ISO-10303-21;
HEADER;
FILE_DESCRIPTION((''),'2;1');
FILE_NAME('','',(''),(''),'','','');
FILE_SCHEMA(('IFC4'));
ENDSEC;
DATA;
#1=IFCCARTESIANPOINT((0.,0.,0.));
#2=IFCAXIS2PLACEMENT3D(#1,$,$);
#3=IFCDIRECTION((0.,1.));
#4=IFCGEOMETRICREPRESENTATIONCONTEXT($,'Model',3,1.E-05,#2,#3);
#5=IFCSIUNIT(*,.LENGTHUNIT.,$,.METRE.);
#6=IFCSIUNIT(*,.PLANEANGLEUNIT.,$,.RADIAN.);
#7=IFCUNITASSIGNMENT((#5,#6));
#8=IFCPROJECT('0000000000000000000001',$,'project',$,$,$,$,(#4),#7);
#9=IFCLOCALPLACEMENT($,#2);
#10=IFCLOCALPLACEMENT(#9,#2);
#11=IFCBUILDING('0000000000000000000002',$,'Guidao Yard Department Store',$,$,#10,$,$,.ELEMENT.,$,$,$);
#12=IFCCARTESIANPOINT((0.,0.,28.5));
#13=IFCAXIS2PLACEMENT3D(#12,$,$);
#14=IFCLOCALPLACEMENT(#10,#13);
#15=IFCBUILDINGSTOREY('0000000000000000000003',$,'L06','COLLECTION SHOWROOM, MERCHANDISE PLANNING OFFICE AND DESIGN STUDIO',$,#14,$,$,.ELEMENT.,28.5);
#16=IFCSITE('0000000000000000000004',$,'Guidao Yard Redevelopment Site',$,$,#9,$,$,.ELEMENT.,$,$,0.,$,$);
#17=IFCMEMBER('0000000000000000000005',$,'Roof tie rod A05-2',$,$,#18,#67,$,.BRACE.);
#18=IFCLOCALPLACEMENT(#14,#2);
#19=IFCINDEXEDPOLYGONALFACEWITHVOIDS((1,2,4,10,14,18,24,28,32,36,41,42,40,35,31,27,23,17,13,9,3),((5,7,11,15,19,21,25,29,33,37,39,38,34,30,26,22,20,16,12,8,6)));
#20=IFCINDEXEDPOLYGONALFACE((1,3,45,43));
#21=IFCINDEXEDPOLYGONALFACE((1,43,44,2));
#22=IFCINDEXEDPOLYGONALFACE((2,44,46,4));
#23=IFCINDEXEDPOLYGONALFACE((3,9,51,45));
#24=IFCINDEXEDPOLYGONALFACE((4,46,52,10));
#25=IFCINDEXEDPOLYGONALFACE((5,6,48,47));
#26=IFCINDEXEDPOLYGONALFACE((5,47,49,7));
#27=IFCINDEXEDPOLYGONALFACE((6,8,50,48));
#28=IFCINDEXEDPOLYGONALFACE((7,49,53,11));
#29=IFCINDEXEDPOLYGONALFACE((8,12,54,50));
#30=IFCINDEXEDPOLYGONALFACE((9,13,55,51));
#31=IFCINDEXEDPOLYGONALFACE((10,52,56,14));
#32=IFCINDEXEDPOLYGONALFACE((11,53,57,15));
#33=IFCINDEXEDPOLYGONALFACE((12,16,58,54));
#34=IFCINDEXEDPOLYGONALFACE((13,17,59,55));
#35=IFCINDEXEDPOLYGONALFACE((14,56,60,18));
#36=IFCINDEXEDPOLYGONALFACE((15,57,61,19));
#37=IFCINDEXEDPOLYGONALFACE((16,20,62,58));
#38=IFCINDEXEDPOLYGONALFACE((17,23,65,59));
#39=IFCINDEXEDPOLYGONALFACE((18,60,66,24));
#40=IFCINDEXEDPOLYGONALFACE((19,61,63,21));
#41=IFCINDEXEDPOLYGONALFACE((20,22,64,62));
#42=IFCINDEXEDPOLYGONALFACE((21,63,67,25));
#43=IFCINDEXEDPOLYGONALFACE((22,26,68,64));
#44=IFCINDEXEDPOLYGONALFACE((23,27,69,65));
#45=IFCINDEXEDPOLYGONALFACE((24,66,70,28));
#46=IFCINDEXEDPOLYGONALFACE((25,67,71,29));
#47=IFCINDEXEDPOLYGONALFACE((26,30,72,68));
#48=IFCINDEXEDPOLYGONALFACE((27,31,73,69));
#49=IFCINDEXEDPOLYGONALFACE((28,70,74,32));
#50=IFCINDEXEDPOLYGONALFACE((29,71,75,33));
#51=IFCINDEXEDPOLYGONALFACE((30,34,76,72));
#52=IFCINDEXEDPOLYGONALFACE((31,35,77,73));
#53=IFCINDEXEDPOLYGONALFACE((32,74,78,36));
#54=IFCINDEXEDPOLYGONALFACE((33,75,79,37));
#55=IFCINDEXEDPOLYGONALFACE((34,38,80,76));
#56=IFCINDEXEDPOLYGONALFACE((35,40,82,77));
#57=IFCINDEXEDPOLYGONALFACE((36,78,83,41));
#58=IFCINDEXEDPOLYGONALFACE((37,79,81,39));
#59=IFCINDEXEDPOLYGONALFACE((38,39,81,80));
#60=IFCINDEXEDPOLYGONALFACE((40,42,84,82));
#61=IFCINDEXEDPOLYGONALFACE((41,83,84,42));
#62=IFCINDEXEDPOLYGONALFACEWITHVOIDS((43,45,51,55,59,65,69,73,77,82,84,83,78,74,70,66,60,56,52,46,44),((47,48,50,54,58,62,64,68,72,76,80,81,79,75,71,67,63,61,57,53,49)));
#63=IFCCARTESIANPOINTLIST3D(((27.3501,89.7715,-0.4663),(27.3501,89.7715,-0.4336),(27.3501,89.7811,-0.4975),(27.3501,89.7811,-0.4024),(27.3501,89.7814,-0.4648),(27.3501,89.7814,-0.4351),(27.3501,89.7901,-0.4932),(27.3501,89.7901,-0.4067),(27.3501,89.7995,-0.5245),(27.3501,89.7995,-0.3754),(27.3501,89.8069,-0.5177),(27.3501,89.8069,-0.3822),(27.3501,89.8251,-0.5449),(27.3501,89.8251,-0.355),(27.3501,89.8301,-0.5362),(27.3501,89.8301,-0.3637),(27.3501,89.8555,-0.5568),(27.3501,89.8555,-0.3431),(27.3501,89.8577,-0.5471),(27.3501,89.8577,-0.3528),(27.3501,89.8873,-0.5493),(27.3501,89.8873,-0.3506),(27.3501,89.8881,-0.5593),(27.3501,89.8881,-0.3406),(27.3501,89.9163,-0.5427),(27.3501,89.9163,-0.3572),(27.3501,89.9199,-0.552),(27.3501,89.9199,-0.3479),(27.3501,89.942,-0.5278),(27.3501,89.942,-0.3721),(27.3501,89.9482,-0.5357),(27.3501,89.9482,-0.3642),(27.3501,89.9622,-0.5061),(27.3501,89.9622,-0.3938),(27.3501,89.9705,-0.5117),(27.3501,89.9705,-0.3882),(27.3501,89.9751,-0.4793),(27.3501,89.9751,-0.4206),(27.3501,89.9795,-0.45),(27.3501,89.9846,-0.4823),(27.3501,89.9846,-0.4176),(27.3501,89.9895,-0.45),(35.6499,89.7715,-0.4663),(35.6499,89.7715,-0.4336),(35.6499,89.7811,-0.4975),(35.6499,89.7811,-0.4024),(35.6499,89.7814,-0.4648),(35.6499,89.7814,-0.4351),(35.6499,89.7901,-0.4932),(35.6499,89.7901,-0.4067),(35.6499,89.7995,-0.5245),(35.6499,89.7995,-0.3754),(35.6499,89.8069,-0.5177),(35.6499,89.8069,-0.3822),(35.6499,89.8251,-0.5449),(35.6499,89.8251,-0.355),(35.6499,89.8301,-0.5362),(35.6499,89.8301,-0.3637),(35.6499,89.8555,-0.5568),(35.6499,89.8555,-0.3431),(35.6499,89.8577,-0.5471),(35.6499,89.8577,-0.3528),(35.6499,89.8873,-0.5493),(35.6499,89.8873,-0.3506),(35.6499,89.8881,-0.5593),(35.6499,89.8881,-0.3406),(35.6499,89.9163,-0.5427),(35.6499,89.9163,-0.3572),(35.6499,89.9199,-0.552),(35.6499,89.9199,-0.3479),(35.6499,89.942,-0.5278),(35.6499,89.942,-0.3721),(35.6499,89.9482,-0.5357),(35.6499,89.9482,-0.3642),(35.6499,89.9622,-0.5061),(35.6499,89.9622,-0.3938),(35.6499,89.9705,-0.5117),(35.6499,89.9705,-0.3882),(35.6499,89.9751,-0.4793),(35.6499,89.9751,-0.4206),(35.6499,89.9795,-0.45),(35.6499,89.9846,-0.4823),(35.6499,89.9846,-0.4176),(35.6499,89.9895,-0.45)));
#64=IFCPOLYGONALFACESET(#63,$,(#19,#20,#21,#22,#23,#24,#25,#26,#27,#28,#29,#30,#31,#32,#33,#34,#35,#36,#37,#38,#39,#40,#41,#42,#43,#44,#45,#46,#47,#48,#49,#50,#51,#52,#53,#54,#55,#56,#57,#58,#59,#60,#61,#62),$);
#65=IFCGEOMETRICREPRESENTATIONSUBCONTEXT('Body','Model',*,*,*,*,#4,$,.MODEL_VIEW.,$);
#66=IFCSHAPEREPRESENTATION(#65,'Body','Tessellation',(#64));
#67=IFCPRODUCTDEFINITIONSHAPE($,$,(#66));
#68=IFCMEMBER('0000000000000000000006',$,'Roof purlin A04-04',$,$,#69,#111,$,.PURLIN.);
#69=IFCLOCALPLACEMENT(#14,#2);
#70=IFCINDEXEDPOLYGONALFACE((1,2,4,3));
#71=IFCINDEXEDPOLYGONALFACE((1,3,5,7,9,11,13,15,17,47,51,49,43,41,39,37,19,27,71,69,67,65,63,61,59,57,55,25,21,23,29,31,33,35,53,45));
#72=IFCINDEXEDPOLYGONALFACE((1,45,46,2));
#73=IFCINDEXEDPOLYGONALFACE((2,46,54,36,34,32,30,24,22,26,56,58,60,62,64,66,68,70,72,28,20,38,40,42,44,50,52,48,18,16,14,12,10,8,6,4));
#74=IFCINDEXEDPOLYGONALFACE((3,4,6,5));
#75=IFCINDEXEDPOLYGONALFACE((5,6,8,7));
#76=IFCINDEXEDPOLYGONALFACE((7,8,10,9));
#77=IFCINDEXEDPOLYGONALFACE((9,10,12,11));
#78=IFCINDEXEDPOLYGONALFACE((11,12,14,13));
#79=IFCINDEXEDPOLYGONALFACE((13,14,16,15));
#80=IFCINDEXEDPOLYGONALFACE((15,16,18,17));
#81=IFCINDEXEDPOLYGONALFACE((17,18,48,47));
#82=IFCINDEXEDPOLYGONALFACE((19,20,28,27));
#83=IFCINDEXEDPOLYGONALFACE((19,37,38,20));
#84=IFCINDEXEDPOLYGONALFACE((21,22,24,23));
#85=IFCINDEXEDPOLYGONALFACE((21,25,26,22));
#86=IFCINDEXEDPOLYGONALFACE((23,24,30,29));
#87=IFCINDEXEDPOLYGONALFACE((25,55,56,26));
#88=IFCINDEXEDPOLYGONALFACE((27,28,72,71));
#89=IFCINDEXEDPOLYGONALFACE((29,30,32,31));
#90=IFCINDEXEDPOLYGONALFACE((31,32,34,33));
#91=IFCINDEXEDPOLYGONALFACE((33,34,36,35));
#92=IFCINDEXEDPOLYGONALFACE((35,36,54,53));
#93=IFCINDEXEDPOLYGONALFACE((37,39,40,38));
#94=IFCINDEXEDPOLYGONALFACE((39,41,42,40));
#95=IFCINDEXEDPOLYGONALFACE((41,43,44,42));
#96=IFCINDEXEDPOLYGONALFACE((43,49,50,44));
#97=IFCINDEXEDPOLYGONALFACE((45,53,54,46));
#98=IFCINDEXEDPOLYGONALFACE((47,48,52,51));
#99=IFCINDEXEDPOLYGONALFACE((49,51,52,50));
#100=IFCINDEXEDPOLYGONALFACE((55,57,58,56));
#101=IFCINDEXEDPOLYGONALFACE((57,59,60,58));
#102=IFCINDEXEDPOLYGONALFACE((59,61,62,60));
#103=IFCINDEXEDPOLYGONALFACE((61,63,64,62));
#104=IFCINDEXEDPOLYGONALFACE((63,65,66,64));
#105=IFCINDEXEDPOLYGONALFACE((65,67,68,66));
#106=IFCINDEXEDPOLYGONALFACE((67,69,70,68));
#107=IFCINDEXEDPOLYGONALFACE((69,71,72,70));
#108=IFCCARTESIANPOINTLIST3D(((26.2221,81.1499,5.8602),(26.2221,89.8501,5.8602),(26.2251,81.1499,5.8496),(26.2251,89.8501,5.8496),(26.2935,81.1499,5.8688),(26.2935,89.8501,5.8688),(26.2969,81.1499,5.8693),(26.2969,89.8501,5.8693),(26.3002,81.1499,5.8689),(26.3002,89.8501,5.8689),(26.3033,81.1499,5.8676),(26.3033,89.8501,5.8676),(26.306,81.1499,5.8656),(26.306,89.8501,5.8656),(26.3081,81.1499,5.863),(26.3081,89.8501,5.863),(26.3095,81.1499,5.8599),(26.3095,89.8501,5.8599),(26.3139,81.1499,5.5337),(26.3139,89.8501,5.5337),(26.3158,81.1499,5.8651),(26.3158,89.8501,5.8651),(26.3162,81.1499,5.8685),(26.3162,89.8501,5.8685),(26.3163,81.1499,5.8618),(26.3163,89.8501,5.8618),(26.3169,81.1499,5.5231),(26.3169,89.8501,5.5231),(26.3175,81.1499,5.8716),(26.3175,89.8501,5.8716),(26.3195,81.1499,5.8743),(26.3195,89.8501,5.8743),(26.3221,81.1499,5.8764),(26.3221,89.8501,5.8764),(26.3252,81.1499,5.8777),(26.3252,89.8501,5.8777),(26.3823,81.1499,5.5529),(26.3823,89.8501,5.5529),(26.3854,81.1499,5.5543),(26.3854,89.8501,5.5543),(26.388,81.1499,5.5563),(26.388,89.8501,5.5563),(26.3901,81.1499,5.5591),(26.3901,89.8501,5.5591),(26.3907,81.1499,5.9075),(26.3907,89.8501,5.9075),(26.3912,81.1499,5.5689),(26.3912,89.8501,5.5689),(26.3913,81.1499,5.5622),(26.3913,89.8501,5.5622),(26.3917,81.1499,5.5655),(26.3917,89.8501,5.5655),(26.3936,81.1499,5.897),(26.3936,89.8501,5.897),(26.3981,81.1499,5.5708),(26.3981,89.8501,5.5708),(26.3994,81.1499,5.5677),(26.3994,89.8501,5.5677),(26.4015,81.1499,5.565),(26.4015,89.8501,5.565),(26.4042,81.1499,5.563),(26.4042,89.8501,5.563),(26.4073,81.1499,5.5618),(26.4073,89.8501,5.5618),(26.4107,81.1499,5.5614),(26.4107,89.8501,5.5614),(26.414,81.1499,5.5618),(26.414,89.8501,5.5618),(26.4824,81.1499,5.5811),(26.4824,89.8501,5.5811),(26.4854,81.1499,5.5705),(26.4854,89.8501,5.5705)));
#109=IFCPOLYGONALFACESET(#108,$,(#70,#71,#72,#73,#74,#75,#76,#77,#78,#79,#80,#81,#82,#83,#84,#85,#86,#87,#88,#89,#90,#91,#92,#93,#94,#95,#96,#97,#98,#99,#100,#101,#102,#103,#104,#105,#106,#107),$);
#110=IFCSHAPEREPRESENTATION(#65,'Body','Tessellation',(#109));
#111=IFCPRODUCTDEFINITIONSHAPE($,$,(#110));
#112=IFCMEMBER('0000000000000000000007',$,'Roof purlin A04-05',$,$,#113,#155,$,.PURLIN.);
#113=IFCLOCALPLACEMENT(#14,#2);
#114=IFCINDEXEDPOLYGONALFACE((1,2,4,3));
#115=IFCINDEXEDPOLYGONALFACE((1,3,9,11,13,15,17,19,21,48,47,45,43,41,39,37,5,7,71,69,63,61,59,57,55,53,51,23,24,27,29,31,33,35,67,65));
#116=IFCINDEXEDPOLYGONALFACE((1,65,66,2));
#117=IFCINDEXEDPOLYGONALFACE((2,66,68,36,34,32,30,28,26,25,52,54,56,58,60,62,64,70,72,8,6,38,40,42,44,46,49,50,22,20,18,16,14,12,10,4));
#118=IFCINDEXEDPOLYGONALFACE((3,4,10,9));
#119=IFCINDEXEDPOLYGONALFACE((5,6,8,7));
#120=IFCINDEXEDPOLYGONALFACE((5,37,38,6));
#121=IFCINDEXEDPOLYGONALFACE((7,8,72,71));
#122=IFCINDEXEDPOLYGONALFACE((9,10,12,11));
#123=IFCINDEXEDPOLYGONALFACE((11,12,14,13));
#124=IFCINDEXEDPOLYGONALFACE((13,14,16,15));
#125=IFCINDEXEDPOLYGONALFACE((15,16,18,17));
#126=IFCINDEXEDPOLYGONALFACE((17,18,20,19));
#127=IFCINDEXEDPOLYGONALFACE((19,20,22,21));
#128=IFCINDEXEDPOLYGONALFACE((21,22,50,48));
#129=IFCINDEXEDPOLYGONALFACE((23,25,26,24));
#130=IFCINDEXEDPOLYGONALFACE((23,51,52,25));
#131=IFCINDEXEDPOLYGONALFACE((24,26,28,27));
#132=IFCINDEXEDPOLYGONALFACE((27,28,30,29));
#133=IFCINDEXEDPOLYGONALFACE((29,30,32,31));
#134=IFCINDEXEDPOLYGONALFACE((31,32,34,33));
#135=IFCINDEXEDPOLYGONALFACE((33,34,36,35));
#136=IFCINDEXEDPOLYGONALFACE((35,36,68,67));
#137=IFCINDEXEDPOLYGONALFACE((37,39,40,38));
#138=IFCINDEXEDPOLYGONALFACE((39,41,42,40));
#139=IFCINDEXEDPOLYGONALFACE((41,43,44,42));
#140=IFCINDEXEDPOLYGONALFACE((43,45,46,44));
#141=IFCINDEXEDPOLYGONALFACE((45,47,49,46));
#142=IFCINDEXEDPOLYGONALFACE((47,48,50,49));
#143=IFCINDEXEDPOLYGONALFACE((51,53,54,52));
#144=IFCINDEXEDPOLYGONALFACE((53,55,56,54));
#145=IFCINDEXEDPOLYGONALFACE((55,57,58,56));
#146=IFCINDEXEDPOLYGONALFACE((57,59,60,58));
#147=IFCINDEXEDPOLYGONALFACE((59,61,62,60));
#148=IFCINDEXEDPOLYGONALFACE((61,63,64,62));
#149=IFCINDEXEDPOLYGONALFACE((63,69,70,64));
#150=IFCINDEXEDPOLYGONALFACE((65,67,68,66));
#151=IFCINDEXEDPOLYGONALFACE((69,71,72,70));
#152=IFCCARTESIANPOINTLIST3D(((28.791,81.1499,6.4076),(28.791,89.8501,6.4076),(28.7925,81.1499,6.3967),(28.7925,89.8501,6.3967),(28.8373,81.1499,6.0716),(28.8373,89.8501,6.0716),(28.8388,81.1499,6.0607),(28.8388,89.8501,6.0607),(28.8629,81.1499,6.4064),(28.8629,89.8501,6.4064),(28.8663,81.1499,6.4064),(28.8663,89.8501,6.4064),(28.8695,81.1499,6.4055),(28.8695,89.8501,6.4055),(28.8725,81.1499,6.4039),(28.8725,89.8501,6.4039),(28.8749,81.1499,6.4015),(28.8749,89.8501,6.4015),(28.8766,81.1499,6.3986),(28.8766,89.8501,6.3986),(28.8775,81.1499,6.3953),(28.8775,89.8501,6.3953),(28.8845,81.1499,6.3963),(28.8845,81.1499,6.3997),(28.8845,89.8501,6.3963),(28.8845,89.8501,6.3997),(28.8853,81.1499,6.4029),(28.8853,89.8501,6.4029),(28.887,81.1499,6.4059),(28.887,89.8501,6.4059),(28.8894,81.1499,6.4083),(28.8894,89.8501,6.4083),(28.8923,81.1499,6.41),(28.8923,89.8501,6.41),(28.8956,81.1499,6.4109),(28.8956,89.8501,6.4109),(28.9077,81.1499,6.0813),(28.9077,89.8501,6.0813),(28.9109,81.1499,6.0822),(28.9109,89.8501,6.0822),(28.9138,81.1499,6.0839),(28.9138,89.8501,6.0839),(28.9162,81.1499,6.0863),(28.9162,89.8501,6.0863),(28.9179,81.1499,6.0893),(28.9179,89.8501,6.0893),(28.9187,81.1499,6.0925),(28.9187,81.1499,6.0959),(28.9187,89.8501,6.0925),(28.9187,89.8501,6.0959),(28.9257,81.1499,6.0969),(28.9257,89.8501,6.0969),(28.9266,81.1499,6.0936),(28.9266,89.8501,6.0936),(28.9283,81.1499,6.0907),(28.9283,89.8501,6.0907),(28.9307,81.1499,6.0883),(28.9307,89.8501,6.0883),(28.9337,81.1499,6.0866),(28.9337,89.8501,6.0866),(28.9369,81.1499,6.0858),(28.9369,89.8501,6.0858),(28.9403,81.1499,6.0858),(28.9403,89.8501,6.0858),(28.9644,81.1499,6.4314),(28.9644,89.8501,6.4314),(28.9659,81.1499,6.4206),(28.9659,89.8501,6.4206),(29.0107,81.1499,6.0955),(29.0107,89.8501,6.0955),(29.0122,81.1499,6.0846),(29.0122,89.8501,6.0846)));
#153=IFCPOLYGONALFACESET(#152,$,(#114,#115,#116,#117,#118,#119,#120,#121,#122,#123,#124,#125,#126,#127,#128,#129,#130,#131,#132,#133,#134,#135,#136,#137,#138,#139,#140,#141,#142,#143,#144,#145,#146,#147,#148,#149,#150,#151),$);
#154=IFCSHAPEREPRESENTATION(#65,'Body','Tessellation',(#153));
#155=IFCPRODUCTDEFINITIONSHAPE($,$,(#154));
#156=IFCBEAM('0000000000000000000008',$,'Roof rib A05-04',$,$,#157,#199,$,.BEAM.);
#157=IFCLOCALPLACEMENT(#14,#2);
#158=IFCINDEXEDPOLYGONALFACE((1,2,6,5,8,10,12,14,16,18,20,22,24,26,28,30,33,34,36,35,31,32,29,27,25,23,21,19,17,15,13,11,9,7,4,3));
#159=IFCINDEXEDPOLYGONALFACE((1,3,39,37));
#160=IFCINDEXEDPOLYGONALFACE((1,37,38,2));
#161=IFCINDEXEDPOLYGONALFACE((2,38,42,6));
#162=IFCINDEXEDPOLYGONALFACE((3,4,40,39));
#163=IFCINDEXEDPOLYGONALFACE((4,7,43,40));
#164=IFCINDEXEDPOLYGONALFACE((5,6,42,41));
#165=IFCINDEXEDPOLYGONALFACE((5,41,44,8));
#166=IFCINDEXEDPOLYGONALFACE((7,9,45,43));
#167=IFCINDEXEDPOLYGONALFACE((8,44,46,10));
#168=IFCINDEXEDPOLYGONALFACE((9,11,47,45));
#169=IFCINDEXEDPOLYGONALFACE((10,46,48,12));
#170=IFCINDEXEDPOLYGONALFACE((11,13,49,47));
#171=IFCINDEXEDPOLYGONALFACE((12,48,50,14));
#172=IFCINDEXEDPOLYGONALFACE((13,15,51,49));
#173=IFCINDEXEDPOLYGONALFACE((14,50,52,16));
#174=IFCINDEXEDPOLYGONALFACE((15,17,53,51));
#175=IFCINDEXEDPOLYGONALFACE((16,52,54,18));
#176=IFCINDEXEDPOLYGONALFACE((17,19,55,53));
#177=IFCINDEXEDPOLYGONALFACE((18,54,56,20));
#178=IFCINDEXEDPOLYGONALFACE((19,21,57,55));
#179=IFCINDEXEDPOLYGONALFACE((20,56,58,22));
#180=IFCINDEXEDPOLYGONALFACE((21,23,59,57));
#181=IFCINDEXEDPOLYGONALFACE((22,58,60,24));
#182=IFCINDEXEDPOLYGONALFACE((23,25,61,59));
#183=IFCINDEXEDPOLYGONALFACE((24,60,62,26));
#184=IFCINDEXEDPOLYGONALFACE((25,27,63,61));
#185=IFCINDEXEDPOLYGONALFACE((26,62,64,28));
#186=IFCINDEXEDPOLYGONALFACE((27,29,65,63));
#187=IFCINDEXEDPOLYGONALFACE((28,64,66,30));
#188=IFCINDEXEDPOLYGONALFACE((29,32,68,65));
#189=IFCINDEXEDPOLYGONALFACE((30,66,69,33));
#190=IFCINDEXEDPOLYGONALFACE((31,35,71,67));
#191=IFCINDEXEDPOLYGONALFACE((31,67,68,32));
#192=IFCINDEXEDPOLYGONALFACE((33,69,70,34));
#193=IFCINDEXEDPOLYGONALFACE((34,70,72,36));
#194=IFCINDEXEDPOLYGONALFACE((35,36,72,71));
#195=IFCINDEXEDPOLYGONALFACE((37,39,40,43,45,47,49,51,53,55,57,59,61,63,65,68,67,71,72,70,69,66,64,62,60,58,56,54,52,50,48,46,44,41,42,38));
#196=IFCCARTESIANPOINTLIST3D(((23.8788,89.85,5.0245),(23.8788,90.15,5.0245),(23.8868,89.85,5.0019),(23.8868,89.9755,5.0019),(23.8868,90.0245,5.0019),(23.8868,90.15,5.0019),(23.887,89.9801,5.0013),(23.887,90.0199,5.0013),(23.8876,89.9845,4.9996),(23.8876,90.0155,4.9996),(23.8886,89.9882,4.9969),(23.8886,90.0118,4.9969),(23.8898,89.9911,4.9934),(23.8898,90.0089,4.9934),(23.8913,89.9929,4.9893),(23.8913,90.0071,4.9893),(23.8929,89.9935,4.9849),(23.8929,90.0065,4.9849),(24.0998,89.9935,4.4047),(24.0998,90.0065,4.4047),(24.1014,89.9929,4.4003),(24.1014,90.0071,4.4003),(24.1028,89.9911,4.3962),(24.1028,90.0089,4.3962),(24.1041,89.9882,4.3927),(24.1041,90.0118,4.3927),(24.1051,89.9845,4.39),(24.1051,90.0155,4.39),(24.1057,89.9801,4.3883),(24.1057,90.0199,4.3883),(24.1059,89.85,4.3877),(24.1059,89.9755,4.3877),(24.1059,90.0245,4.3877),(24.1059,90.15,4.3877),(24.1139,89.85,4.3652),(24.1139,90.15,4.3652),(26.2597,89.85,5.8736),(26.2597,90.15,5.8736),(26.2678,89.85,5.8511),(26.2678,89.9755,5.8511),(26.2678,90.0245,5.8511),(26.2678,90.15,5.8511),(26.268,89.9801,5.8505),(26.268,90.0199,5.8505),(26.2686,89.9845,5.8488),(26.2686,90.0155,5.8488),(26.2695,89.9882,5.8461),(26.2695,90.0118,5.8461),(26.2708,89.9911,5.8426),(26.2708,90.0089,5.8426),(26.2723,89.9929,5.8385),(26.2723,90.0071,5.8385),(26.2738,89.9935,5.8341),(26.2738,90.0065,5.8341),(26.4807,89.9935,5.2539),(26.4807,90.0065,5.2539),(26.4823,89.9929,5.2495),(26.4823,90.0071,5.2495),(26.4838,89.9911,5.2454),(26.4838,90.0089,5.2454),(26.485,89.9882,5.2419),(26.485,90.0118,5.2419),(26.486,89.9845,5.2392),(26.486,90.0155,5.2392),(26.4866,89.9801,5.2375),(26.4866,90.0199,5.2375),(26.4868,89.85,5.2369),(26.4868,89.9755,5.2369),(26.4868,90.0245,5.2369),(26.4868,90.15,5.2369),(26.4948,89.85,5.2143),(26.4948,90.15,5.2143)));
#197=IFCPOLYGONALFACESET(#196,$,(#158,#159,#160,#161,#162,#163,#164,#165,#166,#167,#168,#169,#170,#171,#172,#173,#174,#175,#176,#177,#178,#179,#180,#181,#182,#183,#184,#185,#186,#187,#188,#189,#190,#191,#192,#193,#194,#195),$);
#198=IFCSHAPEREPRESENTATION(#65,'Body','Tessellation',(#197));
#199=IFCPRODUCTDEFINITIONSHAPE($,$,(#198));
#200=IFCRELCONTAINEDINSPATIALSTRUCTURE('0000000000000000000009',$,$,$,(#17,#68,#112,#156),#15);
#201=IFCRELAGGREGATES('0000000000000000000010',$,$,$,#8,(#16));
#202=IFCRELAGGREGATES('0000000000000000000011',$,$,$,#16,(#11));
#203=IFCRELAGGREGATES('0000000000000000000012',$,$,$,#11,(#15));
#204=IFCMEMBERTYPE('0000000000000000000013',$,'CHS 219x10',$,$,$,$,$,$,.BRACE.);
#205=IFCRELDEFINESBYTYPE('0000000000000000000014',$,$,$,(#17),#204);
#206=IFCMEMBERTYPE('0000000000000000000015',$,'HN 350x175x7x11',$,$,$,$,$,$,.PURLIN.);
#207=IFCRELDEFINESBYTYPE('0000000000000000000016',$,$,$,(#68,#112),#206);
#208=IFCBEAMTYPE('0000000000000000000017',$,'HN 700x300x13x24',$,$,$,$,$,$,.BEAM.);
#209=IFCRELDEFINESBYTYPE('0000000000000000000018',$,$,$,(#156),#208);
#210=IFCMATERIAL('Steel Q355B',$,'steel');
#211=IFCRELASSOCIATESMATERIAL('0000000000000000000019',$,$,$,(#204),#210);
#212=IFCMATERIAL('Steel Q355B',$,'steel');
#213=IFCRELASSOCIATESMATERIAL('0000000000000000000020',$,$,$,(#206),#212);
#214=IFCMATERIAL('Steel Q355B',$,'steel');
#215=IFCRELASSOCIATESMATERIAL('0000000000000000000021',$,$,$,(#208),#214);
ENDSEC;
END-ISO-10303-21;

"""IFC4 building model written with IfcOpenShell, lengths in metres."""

from ifc_helpers import new_model, si_unit, direction, frame, origin, origin_2d, place, context, subcontext, project, spatial, hollow_circle, i_section, extrude, material, material_profile, profile_set, type_object, element, save


model = new_model("IFC4")

# Units and contexts
model_context = context("Model", 3, precision=1e-05, world=origin(), true_north=direction((0.0, 1.0)))
body_context = subcontext(model_context, "Body", "Model", "MODEL_VIEW")
ifc_project = project(units=[si_unit("LENGTHUNIT", "METRE"), si_unit("PLANEANGLEUNIT", "RADIAN")], contexts=[model_context])

# Site, building, storey
site_placement = place(None, origin())
site = spatial("IfcSite", under=ifc_project, at=site_placement, Name="Guidao Yard Redevelopment Site", CompositionType="ELEMENT", RefElevation=0.0)
building_placement = place(site_placement, origin())
building = spatial("IfcBuilding", under=site, at=building_placement, Name="Guidao Yard Department Store", CompositionType="ELEMENT")
storey_placement = place(building_placement, frame((0.0, 0.0, 28.5)))
storey = spatial("IfcBuildingStorey", under=building, at=storey_placement, Name="L06", Description="COLLECTION SHOWROOM, MERCHANDISE PLANNING OFFICE AND DESIGN STUDIO", CompositionType="ELEMENT", Elevation=28.5)

# Members
ifc_material_1 = material(Name="Steel Q355B", Category="steel")
ifc_material_profile_1 = material_profile(ifc_material_1, hollow_circle(Radius=0.1096, WallThickness=0.01, at=origin_2d()), Name="CHS 219x10")
ifc_profile_set_1 = profile_set([ifc_material_profile_1], Name="Steel Q355B")
member_type_1 = type_object("IfcMemberType", Name="CHS 219x10", PredefinedType="BRACE", material=ifc_profile_set_1)
member_1_placement = place(storey_placement, frame((27.3501, 89.8799, -0.45), z_axis=(1.0, 0.0, 0.0), x_axis=(0.0, 1.0, 0.0)))
element("IfcMember", 1, at=member_1_placement, inside=storey, type_object=member_type_1, Name="Roof tie rod A05-2", PredefinedType="BRACE", context=body_context, shape_type="SweptSolid", body=[
    extrude(hollow_circle(Radius=0.1096, WallThickness=0.01, at=origin_2d()), origin(), (0.0, 0.0, 1.0), 8.2998),
])
ifc_material_2 = material(Name="Steel Q355B", Category="steel")
ifc_material_profile_2 = material_profile(ifc_material_2, i_section(OverallWidth=0.175, OverallDepth=0.3501, WebThickness=0.0071, FlangeThickness=0.011, FilletRadius=0.0129, at=origin_2d()), Name="HN 350x175x7x11")
ifc_profile_set_2 = profile_set([ifc_material_profile_2], Name="Steel Q355B")
member_type_2 = type_object("IfcMemberType", Name="HN 350x175x7x11", PredefinedType="PURLIN", material=ifc_profile_set_2)
for number, where, z_axis, x_axis, name in (
    (2, (26.3538, 81.1499, 5.7153), (0.0, 1.0, 0.0), (-0.962712, 0.0, -0.270529), "Roof purlin A04-04"),
    (3, (28.9016, 81.1499, 6.2461), (0.0, 1.0, 0.0), (-0.990647, 0.0, -0.136449), "Roof purlin A04-05"),
):
    element("IfcMember", number, at=place(storey_placement, frame(where, z_axis=z_axis, x_axis=x_axis)), inside=storey, type_object=member_type_2, Name=name, PredefinedType="PURLIN", context=body_context, shape_type="SweptSolid", body=[
        extrude(i_section(OverallWidth=0.175, OverallDepth=0.3501, WebThickness=0.0071, FlangeThickness=0.011, FilletRadius=0.0129, at=origin_2d()), origin(), (0.0, 0.0, 1.0), 8.7002),
    ])

# Beam
ifc_material_3 = material(Name="Steel Q355B", Category="steel")
ifc_material_profile_3 = material_profile(ifc_material_3, i_section(OverallWidth=0.3, OverallDepth=0.7, WebThickness=0.0129, FlangeThickness=0.0239, FilletRadius=0.0181, at=origin_2d()), Name="HN 700x300x13x24")
ifc_profile_set_3 = profile_set([ifc_material_profile_3], Name="Steel Q355B")
beam_type = type_object("IfcBeamType", Name="HN 700x300x13x24", PredefinedType="BEAM", material=ifc_profile_set_3)
beam_1_placement = place(storey_placement, frame((23.9963, 90.0, 4.6948), z_axis=(0.94189, 0.0, 0.33592), x_axis=(0.0, 1.0, 0.0)))
element("IfcBeam", 4, at=beam_1_placement, inside=storey, type_object=beam_type, Name="Roof rib A05-04", PredefinedType="BEAM", context=body_context, shape_type="SweptSolid", body=[
    extrude(i_section(OverallWidth=0.3, OverallDepth=0.7, WebThickness=0.0129, FlangeThickness=0.0239, FilletRadius=0.0181, at=origin_2d()), origin(), (0.0, 0.0, 1.0), 2.5278),
])

save(model, "model.ifc")
